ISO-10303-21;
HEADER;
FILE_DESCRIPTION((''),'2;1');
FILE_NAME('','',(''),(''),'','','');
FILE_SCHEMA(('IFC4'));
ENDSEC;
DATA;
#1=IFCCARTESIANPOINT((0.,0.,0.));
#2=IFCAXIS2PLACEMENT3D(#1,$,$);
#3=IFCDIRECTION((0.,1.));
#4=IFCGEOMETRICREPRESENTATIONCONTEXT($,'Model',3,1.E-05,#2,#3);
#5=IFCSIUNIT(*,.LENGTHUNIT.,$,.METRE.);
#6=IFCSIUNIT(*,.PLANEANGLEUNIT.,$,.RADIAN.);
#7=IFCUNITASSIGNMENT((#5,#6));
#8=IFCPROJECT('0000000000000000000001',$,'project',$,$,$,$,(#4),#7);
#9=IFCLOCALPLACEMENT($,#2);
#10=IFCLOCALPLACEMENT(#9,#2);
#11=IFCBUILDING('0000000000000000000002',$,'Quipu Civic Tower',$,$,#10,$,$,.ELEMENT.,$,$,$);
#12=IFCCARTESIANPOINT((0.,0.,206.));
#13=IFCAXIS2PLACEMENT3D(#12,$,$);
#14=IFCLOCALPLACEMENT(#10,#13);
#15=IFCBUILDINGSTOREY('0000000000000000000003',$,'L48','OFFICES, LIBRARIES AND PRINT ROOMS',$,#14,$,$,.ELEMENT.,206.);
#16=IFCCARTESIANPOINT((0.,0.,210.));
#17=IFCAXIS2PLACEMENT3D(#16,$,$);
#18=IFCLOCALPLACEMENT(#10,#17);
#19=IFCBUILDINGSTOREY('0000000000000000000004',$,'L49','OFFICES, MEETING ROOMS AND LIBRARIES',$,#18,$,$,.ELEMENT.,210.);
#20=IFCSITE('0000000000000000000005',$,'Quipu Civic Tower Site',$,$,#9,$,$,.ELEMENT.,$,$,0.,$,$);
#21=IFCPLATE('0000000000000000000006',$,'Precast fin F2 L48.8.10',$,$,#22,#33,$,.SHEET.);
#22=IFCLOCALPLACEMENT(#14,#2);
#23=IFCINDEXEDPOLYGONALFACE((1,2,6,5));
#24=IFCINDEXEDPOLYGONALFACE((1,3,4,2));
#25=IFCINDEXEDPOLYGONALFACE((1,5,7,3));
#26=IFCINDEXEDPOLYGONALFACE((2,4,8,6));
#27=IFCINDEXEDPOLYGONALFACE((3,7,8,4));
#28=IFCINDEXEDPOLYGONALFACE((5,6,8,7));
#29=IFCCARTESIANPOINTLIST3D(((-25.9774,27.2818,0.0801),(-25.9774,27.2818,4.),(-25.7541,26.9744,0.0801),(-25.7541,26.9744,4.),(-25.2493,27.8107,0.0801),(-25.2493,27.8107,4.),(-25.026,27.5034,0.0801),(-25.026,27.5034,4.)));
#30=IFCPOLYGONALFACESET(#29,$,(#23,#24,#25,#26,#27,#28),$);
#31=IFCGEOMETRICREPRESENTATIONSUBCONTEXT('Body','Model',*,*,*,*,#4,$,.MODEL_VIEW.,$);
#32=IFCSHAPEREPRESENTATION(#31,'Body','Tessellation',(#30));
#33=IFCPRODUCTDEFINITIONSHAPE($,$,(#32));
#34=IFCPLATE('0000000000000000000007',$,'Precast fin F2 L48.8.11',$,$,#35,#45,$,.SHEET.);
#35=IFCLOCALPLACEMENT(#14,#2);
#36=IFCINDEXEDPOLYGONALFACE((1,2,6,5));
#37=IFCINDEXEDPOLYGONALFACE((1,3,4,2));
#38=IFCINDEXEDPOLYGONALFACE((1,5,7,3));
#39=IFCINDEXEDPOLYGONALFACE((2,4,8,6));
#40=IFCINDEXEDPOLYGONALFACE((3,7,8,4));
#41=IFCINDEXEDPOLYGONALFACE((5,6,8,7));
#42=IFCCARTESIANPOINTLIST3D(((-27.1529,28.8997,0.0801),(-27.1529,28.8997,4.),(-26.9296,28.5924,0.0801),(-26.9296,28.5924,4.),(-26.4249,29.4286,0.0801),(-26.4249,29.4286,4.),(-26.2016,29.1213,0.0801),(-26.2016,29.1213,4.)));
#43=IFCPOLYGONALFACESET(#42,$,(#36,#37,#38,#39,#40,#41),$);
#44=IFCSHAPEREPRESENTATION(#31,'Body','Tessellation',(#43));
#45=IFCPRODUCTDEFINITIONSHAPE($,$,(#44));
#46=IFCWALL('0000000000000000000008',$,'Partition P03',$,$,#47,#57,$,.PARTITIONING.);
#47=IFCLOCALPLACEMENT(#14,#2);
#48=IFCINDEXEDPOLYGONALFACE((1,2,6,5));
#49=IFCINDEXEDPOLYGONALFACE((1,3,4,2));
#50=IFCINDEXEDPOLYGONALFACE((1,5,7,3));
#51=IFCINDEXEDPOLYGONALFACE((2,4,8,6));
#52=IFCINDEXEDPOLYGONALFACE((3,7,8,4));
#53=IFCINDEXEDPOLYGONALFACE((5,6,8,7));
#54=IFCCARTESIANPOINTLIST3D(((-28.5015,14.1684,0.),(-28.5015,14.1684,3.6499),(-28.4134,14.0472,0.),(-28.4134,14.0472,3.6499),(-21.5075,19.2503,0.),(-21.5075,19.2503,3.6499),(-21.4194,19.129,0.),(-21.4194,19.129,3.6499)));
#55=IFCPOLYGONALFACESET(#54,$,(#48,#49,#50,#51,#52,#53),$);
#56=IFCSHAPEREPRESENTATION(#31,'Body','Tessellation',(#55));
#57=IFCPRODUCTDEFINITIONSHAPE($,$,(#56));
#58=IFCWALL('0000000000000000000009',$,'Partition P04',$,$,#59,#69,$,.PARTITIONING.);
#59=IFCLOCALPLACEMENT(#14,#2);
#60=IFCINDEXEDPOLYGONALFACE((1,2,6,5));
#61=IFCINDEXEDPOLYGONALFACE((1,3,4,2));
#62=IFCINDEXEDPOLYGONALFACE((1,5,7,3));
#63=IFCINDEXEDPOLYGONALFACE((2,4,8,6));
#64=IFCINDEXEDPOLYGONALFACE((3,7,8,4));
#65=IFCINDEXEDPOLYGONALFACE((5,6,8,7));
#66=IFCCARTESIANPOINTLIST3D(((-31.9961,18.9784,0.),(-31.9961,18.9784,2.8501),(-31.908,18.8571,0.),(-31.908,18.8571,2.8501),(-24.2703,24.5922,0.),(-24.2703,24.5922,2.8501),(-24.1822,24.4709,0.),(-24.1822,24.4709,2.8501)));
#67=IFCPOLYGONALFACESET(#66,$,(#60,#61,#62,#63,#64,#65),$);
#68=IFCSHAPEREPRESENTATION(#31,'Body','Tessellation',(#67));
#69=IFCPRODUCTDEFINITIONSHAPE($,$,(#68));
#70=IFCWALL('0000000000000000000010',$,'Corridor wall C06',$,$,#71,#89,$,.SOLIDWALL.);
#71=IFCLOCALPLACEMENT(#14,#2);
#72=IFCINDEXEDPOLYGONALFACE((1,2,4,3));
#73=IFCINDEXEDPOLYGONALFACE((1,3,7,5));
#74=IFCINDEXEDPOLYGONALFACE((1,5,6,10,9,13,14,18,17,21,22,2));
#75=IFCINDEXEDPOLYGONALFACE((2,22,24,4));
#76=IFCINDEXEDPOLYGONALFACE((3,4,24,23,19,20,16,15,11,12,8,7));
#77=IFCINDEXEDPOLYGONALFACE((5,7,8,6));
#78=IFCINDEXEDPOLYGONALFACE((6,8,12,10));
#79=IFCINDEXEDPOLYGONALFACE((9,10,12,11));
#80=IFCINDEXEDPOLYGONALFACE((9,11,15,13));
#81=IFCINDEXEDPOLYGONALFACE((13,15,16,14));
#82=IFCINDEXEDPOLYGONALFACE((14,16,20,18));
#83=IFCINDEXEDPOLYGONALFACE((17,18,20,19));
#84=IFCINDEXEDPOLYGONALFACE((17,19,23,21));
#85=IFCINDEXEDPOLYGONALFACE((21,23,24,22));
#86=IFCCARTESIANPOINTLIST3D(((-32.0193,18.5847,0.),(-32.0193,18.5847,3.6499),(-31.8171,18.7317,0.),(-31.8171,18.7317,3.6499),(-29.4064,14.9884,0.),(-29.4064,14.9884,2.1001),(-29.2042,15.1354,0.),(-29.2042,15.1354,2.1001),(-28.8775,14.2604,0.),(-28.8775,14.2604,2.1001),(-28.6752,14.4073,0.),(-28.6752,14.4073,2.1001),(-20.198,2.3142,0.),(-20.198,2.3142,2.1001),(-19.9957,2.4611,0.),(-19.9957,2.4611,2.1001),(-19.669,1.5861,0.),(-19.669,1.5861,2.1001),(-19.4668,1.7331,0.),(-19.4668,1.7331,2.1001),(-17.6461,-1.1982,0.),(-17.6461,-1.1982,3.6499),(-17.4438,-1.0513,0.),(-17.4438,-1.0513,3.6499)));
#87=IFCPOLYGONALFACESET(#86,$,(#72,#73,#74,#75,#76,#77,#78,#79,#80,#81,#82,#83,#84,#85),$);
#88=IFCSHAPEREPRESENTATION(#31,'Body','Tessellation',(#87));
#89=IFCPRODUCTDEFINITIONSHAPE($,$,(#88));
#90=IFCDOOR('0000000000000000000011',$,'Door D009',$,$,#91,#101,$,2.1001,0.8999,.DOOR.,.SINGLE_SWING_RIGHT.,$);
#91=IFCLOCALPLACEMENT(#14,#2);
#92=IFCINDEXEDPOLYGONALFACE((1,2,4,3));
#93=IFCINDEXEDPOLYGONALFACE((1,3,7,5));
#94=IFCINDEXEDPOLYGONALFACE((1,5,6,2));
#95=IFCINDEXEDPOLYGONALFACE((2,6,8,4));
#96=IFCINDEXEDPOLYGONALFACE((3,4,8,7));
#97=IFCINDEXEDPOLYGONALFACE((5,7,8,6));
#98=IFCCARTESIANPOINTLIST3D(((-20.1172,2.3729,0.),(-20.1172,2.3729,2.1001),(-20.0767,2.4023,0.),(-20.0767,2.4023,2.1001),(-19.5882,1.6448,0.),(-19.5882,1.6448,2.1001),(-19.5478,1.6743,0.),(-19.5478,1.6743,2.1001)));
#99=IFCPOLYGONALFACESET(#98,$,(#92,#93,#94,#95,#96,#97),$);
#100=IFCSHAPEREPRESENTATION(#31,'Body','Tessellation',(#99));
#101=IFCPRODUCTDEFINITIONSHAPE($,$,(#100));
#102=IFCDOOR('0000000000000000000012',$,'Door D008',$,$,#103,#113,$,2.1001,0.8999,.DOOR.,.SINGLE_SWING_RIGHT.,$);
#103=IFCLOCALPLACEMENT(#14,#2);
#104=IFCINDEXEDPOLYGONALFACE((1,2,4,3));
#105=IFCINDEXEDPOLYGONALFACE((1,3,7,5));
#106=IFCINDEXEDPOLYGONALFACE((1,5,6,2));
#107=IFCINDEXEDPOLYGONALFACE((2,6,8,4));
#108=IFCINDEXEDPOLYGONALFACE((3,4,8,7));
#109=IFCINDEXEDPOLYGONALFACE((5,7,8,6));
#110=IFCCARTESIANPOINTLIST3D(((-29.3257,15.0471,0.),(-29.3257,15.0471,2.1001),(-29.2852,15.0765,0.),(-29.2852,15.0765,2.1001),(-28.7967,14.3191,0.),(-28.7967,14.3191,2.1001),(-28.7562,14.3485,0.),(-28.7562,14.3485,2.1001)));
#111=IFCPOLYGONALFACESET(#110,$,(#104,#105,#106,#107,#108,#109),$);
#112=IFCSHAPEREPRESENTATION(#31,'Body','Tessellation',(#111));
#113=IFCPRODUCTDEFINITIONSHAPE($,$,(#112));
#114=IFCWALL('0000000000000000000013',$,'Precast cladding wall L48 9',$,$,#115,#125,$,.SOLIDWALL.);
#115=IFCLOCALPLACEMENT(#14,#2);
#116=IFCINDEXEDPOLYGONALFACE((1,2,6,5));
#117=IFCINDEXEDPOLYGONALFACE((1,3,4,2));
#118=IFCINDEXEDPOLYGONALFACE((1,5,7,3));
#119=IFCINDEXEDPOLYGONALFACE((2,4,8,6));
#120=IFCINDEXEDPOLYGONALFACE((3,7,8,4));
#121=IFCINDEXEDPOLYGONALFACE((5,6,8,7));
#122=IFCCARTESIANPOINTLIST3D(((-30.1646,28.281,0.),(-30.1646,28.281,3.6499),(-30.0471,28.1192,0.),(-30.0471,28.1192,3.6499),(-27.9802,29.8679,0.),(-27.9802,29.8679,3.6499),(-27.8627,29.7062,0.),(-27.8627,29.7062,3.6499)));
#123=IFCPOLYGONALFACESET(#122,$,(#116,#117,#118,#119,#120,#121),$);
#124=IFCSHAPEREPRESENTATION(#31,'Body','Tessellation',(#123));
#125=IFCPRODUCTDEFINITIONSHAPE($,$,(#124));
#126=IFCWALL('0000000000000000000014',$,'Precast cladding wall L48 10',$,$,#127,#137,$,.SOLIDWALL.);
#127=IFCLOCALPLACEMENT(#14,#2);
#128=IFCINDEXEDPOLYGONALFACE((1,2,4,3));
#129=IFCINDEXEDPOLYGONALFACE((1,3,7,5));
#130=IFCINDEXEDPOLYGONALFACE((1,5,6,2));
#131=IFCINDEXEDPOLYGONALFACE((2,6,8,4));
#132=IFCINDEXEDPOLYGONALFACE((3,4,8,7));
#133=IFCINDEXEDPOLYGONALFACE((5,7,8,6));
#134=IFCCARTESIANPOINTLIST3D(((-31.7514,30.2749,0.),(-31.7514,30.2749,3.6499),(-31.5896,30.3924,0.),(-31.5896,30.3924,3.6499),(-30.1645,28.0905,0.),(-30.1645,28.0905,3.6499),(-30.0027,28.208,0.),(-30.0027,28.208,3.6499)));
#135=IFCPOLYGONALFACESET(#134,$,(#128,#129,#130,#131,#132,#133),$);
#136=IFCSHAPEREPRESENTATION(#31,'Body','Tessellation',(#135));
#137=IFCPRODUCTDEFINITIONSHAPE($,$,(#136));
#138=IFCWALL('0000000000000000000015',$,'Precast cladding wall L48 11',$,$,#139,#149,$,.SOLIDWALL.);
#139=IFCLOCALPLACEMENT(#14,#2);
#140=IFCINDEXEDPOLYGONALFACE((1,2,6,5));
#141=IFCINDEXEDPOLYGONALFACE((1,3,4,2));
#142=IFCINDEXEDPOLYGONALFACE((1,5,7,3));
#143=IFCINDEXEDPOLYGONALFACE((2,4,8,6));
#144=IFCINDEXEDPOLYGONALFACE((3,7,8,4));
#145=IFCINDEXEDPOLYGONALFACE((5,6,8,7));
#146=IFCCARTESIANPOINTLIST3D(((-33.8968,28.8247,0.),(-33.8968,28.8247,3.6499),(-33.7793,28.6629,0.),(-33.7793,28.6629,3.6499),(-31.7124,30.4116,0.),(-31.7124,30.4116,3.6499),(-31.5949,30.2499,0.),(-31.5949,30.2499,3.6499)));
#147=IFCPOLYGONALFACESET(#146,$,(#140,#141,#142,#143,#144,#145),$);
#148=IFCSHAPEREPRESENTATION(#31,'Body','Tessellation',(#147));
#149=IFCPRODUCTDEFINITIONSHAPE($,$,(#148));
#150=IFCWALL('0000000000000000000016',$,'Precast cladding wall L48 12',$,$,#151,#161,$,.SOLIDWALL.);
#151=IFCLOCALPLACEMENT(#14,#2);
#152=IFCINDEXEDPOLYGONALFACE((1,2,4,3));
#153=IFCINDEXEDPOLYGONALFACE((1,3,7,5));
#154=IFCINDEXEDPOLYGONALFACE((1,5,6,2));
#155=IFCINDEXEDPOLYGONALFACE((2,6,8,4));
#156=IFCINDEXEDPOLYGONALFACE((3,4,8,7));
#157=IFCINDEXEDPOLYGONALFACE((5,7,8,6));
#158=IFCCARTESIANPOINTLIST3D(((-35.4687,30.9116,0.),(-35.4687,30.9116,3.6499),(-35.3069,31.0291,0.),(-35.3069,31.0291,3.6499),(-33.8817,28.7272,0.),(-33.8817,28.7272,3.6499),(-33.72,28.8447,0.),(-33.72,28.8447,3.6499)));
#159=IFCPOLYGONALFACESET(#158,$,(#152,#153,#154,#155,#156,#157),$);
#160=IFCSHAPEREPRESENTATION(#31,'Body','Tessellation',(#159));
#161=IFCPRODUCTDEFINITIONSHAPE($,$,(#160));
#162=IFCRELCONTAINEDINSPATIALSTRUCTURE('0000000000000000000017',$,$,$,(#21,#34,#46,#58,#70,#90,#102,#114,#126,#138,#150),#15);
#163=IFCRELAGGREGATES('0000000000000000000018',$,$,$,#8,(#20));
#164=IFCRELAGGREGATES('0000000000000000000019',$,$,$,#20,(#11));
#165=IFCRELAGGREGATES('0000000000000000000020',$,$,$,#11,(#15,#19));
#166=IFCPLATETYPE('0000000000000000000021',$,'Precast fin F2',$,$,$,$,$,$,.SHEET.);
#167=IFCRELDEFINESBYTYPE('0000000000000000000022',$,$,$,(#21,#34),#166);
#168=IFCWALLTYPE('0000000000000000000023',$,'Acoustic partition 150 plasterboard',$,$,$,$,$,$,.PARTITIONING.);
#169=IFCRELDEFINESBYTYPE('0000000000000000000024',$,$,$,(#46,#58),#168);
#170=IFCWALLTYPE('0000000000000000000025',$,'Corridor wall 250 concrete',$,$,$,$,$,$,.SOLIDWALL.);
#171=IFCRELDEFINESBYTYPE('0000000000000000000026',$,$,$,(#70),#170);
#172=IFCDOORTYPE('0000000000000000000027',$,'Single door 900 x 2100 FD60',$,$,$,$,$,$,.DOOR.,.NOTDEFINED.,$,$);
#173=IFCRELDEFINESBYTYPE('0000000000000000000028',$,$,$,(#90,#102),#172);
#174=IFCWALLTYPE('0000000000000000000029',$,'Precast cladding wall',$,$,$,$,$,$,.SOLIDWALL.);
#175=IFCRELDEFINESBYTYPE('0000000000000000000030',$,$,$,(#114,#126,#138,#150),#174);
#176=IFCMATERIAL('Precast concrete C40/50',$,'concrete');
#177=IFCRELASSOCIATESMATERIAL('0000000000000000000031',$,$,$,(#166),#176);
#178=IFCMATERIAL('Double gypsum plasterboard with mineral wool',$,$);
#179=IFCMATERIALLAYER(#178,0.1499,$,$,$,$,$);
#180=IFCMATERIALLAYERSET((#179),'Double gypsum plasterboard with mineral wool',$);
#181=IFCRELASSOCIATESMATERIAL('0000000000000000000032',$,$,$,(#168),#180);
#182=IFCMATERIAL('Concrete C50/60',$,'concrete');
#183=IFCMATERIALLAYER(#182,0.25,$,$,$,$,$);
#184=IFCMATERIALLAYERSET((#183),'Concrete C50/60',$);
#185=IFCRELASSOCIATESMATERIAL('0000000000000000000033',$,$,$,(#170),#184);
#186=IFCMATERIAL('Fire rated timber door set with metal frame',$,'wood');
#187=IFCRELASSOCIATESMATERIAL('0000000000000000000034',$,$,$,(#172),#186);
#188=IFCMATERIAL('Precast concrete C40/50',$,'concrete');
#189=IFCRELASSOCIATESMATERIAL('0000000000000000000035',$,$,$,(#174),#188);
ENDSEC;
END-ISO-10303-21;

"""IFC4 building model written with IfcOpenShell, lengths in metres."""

from ifc_helpers import new_model, si_unit, direction, frame, frame_2d, origin, origin_2d, place, context, subcontext, project, spatial, rectangle, extrude, material, layer, layer_set, type_object, element, fill, save


model = new_model("IFC4")

# Units and contexts
model_context = context("Model", 3, precision=1e-05, world=origin(), true_north=direction((0.0, 1.0)))
body_context = subcontext(model_context, "Body", "Model", "MODEL_VIEW")
ifc_project = project(units=[si_unit("LENGTHUNIT", "METRE"), si_unit("PLANEANGLEUNIT", "RADIAN")], contexts=[model_context])

# Site, building, storey
site_placement = place(None, origin())
site = spatial("IfcSite", under=ifc_project, at=site_placement, Name="Quipu Civic Tower Site", CompositionType="ELEMENT", RefElevation=0.0)
building_placement = place(site_placement, origin())
building = spatial("IfcBuilding", under=site, at=building_placement, Name="Quipu Civic Tower", CompositionType="ELEMENT")
storey_1_placement = place(building_placement, frame((0.0, 0.0, 206.0)))
storey_1 = spatial("IfcBuildingStorey", under=building, at=storey_1_placement, Name="L48", Description="OFFICES, LIBRARIES AND PRINT ROOMS", CompositionType="ELEMENT", Elevation=206.0)

# Shared definitions
storey_2_placement = place(building_placement, frame((0.0, 0.0, 210.0)))
storey_2 = spatial("IfcBuildingStorey", under=building, at=storey_2_placement, Name="L49", Description="OFFICES, MEETING ROOMS AND LIBRARIES", CompositionType="ELEMENT", Elevation=210.0)

# Plates
ifc_material_1 = material(Name="Precast concrete C40/50", Category="concrete")
plate_type_1 = type_object("IfcPlateType", Name="Precast fin F2", PredefinedType="SHEET", material=ifc_material_1)
for number, where, z_axis, x_axis, name in (
    (1, (-25.5017, 27.3926, 0.0801), (0.0, 0.0, 1.0), (-0.587787, 0.809016, 0.0), "Precast fin F2 L48.8.10"),
    (2, (-26.6772, 29.0105, 0.0801), (0.0, 0.0, 1.0), (-0.587787, 0.809016, 0.0), "Precast fin F2 L48.8.11"),
):
    element("IfcPlate", number, at=place(storey_1_placement, frame(where, z_axis=z_axis, x_axis=x_axis)), inside=storey_1, type_object=plate_type_1, Name=name, PredefinedType="SHEET", context=body_context, shape_type="SweptSolid", body=[
        extrude(rectangle(XDim=0.3799, YDim=0.8999, at=origin_2d()), origin(), (0.0, 0.0, 1.0), 3.9199),
    ])

# Walls
ifc_material_2 = material(Name="Double gypsum plasterboard with mineral wool")
ifc_layer_1 = layer(ifc_material_2, 0.1499)
ifc_layer_set_1 = layer_set([ifc_layer_1], Name="Double gypsum plasterboard with mineral wool")
wall_type_1 = type_object("IfcWallType", Name="Acoustic partition 150 plasterboard", PredefinedType="PARTITIONING", material=ifc_layer_set_1)
wall_1_placement = place(storey_1_placement, frame((-21.4634, 19.1897, 0.0), z_axis=(0.0, 0.0, 1.0), x_axis=(-0.808994, -0.587817, 0.0)))
element("IfcWall", 3, at=wall_1_placement, inside=storey_1, type_object=wall_type_1, Name="Partition P03", PredefinedType="PARTITIONING", context=body_context, shape_type="SweptSolid", body=[
    extrude(rectangle(XDim=8.6453, YDim=0.1499, at=frame_2d((4.3228, 0.0))), origin(), (0.0, 0.0, 1.0), 3.6499),
])
wall_2_placement = place(storey_1_placement, frame((-24.2263, 24.5315, 0.0), z_axis=(0.0, 0.0, 1.0), x_axis=(-0.808986, -0.587828, 0.0)))
element("IfcWall", 4, at=wall_2_placement, inside=storey_1, type_object=wall_type_1, Name="Partition P04", PredefinedType="PARTITIONING", context=body_context, shape_type="SweptSolid", body=[
    extrude(rectangle(XDim=9.55, YDim=0.1499, at=frame_2d((4.7749, 0.0))), origin(), (0.0, 0.0, 1.0), 2.8501),
])

# Wall, openings, doors
ifc_material_3 = material(Name="Concrete C50/60", Category="concrete")
ifc_layer_2 = layer(ifc_material_3, 0.25)
ifc_layer_set_2 = layer_set([ifc_layer_2], Name="Concrete C50/60")
wall_type_2 = type_object("IfcWallType", Name="Corridor wall 250 concrete", PredefinedType="SOLIDWALL", material=ifc_layer_set_2)
wall_3_placement = place(storey_1_placement, frame((-31.9182, 18.6582, 0.0), z_axis=(0.0, 0.0, 1.0), x_axis=(0.587789, -0.809014, 0.0)))
wall_3 = element("IfcWall", 5, at=wall_3_placement, inside=storey_1, type_object=wall_type_2, Name="Corridor wall C06", PredefinedType="SOLIDWALL", context=body_context, shape_type="SweptSolid", body=[
    extrude(rectangle(XDim=24.4531, YDim=0.25, at=frame_2d((12.2266, 0.0))), origin(), (0.0, 0.0, 1.0), 3.6499),
])
opening_1_placement = place(wall_3_placement, frame((20.1116, 0.0, 0.0)))
opening_1 = element("IfcOpeningElement", 6, at=opening_1_placement, cuts=wall_3, PredefinedType="OPENING", context=body_context, shape_type="SweptSolid", body=[
    extrude(rectangle(XDim=0.8999, YDim=2.1001, at=frame_2d((0.45, 1.05))), frame((0.0, 0.135, 0.0), z_axis=(0.0, -1.0, 0.0), x_axis=(1.0, 0.0, 0.0)), (0.0, 0.0, 1.0), 0.27),
])
opening_2_placement = place(wall_3_placement, frame((4.4453, 0.0, 0.0)))
opening_2 = element("IfcOpeningElement", 7, at=opening_2_placement, cuts=wall_3, PredefinedType="OPENING", context=body_context, shape_type="SweptSolid", body=[
    extrude(rectangle(XDim=0.8999, YDim=2.1001, at=frame_2d((0.45, 1.05))), frame((0.0, 0.135, 0.0), z_axis=(0.0, -1.0, 0.0), x_axis=(1.0, 0.0, 0.0)), (0.0, 0.0, 1.0), 0.27),
])
ifc_material_4 = material(Name="Fire rated timber door set with metal frame", Category="wood")
door_type = type_object("IfcDoorType", Name="Single door 900 x 2100 FD60", OperationType="NOTDEFINED", PredefinedType="DOOR", material=ifc_material_4)
door_1_placement = place(opening_1_placement, origin())
door_1 = element("IfcDoor", 8, at=door_1_placement, inside=storey_1, type_object=door_type, Name="Door D009", OperationType="SINGLE_SWING_RIGHT", OverallHeight=2.1001, OverallWidth=0.8999, PredefinedType="DOOR", context=body_context, shape_type="SweptSolid", body=[
    extrude(rectangle(XDim=0.8999, YDim=2.1001, at=frame_2d((0.45, 1.05))), frame((0.0, 0.0249, 0.0), z_axis=(0.0, -1.0, 0.0), x_axis=(1.0, 0.0, 0.0)), (0.0, 0.0, 1.0), 0.05),
])
fill(opening_1, door_1)
door_2_placement = place(opening_2_placement, origin())
door_2 = element("IfcDoor", 9, at=door_2_placement, inside=storey_1, type_object=door_type, Name="Door D008", OperationType="SINGLE_SWING_RIGHT", OverallHeight=2.1001, OverallWidth=0.8999, PredefinedType="DOOR", context=body_context, shape_type="SweptSolid", body=[
    extrude(rectangle(XDim=0.8999, YDim=2.1001, at=frame_2d((0.45, 1.05))), frame((0.0, 0.0249, 0.0), z_axis=(0.0, -1.0, 0.0), x_axis=(1.0, 0.0, 0.0)), (0.0, 0.0, 1.0), 0.05),
])
fill(opening_2, door_2)

# Walls
ifc_material_5 = material(Name="Precast concrete C40/50", Category="concrete")
wall_type_3 = type_object("IfcWallType", Name="Precast cladding wall", PredefinedType="SOLIDWALL", material=ifc_material_5)
for number, where, z_axis, x_axis, name in (
    (10, (-27.9214, 29.7871, 0.0), (0.0, 0.0, 1.0), (-0.809033, -0.587763, 0.0), "Precast cladding wall L48 9"),
    (11, (-30.0835, 28.1492, 0.0), (0.0, 0.0, 1.0), (-0.587763, 0.809033, 0.0), "Precast cladding wall L48 10"),
    (12, (-31.6536, 30.3308, 0.0), (0.0, 0.0, 1.0), (-0.809033, -0.587763, 0.0), "Precast cladding wall L48 11"),
    (13, (-33.8008, 28.7859, 0.0), (0.0, 0.0, 1.0), (-0.587763, 0.809033, 0.0), "Precast cladding wall L48 12"),
):
    element("IfcWall", number, at=place(storey_1_placement, frame(where, z_axis=z_axis, x_axis=x_axis)), inside=storey_1, type_object=wall_type_3, Name=name, PredefinedType="SOLIDWALL", context=body_context, shape_type="SweptSolid", body=[
        extrude(rectangle(XDim=2.7, YDim=0.2, at=frame_2d((1.3501, 0.0))), origin(), (0.0, 0.0, 1.0), 3.6499),
    ])

save(model, "model.ifc")
